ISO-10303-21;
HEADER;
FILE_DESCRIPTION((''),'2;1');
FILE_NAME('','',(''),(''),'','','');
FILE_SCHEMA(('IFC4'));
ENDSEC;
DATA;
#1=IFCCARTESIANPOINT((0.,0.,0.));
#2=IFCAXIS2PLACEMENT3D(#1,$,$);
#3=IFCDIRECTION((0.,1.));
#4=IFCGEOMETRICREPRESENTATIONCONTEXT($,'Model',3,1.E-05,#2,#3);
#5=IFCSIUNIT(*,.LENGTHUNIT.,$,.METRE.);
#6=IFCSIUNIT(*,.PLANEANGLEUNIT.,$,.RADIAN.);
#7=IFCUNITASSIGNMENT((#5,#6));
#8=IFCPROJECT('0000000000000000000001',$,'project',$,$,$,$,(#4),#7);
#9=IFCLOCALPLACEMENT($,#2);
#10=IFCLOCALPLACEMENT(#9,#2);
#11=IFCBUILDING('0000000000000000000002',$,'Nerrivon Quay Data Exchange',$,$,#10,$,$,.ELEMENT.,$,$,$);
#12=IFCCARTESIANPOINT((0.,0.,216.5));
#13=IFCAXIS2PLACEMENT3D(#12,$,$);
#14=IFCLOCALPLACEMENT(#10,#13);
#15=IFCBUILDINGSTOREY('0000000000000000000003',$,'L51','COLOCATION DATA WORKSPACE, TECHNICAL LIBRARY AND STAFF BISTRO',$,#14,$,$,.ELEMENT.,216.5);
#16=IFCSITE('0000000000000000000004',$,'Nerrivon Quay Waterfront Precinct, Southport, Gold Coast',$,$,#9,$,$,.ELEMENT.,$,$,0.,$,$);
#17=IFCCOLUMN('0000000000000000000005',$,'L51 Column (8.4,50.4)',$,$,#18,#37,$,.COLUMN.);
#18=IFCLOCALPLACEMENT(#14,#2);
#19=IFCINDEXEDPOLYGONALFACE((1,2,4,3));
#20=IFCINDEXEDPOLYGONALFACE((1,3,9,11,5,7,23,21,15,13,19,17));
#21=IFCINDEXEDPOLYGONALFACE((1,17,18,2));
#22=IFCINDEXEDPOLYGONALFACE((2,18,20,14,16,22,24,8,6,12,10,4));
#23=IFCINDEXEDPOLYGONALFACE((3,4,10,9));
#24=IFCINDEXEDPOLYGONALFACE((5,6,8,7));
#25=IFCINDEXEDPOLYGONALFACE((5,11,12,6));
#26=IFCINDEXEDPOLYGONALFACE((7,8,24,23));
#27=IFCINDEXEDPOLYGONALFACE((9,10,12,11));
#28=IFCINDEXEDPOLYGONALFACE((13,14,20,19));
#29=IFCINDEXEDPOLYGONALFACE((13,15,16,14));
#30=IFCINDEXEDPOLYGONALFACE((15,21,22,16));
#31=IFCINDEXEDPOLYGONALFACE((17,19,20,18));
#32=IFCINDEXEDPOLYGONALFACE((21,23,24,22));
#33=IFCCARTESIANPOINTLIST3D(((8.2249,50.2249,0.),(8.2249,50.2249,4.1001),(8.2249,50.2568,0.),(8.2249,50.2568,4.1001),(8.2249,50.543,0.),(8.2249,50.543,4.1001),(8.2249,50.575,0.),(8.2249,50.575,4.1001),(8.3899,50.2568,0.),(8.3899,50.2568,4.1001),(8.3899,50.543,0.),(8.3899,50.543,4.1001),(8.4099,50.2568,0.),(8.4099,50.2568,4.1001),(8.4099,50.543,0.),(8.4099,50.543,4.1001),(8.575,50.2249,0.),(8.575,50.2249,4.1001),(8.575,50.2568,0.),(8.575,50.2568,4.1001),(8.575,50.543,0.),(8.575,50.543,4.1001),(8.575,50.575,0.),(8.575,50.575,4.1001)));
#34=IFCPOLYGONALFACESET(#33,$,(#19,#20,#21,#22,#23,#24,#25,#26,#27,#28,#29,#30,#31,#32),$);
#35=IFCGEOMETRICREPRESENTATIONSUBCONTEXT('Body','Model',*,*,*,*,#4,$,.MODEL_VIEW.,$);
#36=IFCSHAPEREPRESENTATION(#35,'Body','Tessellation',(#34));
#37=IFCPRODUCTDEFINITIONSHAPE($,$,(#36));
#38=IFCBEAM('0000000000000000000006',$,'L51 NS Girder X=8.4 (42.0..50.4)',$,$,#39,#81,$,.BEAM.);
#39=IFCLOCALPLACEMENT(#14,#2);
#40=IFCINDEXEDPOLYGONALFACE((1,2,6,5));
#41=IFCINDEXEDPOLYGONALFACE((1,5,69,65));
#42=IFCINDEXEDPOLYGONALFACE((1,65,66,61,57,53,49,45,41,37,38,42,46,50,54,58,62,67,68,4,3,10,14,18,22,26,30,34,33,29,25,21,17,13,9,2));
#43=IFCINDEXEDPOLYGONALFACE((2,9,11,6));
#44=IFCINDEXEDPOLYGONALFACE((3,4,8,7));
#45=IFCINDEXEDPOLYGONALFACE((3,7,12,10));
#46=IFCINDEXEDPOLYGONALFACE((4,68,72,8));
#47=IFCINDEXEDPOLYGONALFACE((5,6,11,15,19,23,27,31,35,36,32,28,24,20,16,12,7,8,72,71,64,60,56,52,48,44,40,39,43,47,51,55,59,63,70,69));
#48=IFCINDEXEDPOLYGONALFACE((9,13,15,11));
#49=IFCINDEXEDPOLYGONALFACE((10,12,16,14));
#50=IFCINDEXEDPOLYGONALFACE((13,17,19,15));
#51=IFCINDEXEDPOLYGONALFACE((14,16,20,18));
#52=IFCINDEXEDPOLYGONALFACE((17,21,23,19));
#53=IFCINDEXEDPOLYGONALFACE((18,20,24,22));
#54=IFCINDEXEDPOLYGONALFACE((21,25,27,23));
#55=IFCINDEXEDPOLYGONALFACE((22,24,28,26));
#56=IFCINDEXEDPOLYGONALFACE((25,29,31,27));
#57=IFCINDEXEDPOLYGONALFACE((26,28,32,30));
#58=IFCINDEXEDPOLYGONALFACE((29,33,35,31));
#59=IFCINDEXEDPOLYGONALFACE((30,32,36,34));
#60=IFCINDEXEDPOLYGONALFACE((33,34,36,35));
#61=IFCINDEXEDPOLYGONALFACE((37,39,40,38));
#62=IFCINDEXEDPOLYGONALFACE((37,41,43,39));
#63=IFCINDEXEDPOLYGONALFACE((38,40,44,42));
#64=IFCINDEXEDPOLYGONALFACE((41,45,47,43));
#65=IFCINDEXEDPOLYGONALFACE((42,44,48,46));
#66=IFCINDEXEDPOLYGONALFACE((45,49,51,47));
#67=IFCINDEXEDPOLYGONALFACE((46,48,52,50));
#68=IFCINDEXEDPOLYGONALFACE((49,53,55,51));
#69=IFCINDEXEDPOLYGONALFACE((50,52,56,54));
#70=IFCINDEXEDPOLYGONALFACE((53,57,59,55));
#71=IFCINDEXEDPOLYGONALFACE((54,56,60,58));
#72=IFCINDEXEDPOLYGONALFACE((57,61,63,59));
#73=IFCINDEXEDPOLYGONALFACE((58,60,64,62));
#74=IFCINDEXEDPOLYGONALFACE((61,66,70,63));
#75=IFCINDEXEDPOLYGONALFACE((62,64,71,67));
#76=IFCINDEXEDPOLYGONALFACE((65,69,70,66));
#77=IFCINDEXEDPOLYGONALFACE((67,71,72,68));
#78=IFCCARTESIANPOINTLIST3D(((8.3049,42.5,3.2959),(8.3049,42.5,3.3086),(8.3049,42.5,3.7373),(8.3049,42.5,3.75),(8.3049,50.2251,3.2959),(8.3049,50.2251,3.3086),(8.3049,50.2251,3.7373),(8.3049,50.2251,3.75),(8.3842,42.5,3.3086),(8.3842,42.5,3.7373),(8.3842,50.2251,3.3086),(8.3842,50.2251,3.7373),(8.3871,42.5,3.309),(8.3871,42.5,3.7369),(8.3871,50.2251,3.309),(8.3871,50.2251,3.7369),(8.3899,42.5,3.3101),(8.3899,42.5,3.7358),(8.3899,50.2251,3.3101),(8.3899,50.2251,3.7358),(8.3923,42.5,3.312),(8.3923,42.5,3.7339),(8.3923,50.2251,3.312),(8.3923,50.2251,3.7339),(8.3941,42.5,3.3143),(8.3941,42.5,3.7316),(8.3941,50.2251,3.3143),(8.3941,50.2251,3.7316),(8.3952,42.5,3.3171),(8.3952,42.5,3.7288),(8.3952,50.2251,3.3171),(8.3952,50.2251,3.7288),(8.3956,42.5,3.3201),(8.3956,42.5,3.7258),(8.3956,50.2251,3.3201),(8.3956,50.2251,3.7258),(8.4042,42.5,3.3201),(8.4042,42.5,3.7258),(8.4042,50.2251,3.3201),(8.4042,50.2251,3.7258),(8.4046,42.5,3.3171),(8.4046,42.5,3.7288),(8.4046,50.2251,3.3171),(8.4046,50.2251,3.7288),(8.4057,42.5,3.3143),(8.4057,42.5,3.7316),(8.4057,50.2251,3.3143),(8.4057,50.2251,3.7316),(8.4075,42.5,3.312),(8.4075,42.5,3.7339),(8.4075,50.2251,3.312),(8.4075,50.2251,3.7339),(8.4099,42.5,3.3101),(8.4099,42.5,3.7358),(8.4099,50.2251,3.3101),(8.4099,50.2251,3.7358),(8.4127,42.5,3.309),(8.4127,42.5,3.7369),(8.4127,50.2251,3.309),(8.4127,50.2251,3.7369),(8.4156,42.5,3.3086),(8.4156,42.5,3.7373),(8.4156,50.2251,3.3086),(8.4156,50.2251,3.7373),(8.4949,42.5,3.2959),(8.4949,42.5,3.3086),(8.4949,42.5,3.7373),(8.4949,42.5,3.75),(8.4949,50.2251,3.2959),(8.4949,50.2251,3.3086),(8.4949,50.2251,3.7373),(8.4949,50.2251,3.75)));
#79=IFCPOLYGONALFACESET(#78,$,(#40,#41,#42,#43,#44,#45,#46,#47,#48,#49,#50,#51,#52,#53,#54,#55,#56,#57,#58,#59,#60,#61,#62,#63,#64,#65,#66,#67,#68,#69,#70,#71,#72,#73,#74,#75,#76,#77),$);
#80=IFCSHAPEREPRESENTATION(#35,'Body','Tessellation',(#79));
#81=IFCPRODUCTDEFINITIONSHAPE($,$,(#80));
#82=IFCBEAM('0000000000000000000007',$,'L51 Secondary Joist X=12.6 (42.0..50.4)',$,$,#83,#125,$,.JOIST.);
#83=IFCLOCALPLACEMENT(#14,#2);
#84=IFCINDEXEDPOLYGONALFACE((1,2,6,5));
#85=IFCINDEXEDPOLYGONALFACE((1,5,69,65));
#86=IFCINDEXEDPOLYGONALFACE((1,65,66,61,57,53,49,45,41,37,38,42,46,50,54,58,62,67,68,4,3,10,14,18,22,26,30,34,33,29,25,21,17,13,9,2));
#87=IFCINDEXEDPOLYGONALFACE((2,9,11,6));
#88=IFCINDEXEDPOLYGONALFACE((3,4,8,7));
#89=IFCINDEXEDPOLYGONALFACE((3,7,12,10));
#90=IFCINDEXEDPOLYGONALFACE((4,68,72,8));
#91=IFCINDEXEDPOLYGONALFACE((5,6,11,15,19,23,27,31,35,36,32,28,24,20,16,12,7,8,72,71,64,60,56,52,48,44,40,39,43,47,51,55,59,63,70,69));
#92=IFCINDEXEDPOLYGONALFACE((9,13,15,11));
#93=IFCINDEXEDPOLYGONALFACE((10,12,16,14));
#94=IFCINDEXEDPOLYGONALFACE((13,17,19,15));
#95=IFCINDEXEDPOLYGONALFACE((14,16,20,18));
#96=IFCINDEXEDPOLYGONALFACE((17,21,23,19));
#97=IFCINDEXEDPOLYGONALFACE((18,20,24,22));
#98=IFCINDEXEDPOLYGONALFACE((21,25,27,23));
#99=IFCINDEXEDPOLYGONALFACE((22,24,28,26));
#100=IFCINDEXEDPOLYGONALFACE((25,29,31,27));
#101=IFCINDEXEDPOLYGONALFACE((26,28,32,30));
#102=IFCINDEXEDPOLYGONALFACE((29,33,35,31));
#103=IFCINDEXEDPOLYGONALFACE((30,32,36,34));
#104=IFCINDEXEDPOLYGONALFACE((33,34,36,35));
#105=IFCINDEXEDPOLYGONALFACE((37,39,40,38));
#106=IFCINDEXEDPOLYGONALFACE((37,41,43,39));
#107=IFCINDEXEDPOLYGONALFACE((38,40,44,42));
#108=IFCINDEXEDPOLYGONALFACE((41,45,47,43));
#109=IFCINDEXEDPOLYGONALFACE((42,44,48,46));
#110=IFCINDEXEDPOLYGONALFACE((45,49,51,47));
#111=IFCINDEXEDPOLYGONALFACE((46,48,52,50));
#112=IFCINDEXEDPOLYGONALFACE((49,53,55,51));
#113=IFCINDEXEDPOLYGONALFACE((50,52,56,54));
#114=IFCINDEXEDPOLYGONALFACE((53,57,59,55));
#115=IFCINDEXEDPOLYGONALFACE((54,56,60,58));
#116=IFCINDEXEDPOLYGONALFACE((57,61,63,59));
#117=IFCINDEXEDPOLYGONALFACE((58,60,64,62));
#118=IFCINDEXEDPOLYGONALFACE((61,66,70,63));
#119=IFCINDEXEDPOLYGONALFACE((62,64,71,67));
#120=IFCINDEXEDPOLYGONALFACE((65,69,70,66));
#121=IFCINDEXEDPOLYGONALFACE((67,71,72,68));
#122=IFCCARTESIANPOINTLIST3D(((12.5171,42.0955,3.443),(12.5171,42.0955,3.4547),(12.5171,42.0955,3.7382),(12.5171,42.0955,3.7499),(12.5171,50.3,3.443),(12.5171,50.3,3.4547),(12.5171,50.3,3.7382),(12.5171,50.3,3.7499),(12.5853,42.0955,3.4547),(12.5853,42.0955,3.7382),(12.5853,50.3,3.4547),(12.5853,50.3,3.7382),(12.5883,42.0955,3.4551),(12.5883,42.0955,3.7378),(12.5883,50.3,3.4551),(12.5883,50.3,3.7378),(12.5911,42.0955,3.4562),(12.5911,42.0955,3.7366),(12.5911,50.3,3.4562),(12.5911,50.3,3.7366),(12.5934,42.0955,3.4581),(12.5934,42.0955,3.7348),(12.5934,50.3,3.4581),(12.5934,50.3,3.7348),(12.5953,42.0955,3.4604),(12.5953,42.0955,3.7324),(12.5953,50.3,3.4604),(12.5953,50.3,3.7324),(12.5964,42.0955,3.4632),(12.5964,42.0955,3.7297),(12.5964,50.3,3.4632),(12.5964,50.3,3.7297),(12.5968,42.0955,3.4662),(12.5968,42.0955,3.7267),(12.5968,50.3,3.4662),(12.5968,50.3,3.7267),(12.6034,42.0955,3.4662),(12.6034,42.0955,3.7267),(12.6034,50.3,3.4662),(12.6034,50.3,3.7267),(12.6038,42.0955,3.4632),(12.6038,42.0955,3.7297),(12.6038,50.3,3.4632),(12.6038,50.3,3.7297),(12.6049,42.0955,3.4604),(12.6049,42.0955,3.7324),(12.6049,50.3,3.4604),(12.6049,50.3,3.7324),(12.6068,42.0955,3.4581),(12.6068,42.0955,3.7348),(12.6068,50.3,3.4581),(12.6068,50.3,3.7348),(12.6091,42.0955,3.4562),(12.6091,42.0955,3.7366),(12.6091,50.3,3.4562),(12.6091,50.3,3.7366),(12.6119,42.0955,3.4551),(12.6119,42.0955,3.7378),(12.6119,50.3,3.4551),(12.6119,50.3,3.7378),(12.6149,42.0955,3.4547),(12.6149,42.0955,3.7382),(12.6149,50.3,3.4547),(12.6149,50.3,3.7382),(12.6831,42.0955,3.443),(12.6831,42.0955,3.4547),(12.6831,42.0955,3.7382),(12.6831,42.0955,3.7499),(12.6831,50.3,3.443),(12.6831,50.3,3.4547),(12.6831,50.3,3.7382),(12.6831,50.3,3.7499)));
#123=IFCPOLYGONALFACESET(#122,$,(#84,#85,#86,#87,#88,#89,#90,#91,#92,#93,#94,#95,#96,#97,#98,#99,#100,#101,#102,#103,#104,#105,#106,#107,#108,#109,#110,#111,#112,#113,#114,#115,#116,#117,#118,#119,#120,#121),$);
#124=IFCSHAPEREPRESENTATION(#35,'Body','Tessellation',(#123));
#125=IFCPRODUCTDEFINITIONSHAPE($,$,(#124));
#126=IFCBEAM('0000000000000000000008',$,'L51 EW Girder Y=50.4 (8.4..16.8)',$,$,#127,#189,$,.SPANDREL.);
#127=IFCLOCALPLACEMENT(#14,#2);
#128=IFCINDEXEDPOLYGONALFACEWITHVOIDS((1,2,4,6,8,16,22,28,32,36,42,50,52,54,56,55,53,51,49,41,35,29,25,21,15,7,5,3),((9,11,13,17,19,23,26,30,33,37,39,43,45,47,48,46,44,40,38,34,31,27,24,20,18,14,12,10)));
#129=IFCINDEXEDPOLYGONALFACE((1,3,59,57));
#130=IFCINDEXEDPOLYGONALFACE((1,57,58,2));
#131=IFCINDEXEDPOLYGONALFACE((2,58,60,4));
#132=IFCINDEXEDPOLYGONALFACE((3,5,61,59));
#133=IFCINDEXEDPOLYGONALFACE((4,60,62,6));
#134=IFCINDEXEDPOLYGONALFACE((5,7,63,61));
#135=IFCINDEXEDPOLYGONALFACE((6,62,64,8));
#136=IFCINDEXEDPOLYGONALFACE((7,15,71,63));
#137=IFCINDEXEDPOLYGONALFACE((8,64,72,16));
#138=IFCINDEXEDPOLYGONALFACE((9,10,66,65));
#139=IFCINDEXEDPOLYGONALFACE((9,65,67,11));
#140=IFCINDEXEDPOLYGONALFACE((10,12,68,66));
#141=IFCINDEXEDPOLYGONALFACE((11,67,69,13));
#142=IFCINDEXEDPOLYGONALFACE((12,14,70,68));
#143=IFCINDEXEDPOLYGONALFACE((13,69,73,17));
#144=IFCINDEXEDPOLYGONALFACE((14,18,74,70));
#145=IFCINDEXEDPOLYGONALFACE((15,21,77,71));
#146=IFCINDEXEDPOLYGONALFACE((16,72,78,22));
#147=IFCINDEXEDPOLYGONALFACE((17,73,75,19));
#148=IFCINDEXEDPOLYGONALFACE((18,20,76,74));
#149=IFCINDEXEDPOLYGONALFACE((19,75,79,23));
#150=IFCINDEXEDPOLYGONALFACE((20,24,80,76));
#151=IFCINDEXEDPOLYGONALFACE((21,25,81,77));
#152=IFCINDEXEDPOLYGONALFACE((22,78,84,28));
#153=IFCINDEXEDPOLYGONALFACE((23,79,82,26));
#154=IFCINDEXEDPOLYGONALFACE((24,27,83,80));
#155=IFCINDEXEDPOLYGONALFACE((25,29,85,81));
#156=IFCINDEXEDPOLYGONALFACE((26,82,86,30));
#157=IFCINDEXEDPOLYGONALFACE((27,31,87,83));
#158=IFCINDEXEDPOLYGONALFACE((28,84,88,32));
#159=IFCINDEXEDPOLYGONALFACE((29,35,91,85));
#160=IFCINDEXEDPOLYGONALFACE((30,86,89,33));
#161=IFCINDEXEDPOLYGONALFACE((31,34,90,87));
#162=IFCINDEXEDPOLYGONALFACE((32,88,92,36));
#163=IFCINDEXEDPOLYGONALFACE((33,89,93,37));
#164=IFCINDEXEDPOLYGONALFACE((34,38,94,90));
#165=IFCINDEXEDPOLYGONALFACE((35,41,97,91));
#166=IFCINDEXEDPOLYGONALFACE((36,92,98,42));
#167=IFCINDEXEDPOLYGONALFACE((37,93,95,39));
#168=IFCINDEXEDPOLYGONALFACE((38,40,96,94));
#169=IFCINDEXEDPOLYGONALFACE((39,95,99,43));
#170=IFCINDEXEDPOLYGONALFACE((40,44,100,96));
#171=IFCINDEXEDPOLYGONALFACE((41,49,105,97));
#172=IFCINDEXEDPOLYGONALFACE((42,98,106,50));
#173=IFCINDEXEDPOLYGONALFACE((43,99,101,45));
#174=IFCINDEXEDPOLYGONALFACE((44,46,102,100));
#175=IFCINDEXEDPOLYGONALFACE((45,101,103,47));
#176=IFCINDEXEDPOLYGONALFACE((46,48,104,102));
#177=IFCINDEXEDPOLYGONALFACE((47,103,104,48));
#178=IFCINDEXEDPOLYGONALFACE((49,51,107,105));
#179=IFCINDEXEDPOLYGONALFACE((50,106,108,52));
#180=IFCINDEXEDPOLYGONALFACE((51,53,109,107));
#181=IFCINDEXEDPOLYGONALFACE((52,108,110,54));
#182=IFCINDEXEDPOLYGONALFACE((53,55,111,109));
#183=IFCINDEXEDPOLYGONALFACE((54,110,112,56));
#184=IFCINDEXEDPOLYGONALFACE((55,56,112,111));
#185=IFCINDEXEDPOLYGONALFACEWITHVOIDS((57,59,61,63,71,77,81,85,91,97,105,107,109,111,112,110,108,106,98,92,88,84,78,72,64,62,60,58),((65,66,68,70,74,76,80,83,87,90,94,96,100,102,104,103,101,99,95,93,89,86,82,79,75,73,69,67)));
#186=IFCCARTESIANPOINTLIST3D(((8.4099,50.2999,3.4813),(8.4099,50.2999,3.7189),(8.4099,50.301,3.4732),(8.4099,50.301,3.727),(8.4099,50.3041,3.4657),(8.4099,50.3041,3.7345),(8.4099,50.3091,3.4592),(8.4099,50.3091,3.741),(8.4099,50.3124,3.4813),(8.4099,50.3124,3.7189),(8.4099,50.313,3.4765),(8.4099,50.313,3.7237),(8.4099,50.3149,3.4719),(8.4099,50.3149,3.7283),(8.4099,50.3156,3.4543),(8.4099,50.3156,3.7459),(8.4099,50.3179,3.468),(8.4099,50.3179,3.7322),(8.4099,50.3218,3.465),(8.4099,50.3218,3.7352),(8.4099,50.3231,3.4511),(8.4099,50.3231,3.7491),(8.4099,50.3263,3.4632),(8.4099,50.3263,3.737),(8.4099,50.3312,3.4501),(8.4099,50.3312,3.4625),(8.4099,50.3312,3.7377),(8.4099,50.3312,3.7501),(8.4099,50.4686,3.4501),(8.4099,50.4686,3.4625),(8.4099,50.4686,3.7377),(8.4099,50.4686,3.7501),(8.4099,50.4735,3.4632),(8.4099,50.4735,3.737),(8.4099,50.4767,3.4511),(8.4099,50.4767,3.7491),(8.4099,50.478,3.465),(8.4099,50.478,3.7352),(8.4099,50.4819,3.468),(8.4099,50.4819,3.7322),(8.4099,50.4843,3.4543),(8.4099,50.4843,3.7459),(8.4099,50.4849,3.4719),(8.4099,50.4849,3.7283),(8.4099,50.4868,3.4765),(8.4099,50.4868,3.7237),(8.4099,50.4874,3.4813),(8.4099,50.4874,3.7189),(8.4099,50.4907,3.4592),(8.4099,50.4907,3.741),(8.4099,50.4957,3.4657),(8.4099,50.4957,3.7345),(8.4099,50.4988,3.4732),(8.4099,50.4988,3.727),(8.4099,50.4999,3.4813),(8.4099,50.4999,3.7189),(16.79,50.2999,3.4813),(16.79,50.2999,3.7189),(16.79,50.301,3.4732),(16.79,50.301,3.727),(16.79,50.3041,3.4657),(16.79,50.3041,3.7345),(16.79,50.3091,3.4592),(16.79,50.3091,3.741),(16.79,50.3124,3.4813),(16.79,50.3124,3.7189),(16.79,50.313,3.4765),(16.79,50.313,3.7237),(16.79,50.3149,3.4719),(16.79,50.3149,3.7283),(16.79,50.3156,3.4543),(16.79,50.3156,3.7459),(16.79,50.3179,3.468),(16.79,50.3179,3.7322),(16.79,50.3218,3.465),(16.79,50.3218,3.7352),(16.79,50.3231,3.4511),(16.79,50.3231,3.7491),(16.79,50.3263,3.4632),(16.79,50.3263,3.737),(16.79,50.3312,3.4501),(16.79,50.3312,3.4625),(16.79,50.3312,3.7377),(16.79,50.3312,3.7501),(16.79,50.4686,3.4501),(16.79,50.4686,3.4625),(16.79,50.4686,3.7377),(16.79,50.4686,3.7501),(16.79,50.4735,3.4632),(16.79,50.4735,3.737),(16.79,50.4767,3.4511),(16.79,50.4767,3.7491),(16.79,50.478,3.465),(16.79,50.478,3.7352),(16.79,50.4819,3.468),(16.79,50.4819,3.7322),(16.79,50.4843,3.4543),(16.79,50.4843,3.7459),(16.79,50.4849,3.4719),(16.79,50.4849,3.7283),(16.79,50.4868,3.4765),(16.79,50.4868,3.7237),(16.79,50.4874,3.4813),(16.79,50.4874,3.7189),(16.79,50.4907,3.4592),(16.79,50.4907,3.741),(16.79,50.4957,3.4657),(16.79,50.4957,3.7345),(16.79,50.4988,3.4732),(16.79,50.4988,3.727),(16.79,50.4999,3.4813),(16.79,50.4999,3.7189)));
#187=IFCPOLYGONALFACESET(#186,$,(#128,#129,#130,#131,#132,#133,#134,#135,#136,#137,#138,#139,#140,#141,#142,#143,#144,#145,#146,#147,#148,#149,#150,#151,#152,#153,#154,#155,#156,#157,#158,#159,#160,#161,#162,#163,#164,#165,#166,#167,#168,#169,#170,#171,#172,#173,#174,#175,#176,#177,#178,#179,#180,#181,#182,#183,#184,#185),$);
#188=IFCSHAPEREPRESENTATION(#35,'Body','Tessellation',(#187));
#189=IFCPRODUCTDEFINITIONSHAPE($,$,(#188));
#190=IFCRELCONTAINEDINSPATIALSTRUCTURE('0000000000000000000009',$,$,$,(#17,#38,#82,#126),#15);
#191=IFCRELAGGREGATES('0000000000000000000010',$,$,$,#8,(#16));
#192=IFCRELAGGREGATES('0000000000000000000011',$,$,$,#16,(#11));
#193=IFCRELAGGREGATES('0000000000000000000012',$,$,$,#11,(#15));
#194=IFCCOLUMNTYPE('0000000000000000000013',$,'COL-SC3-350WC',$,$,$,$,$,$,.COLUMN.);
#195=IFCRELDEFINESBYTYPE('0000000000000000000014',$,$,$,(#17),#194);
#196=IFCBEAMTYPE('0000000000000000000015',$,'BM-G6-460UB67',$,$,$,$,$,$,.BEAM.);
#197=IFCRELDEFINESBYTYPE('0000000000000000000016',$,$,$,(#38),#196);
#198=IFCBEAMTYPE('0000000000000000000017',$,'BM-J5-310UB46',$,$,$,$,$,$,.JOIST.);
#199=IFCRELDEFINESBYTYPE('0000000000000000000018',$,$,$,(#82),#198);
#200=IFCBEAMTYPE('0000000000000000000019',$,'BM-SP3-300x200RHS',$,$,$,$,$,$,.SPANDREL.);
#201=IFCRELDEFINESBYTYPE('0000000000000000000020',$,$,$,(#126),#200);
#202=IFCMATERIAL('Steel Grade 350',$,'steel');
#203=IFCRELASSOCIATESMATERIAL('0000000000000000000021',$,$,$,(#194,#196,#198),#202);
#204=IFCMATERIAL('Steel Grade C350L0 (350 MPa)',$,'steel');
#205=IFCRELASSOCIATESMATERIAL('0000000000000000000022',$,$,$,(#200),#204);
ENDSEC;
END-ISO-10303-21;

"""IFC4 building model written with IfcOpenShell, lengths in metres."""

from ifc_helpers import new_model, si_unit, direction, frame, origin, origin_2d, place, context, subcontext, project, spatial, hollow_rectangle, i_section, extrude, material, material_profile, profile_set, type_object, element, save


model = new_model("IFC4")

# Units and contexts
model_context = context("Model", 3, precision=1e-05, world=origin(), true_north=direction((0.0, 1.0)))
body_context = subcontext(model_context, "Body", "Model", "MODEL_VIEW")
ifc_project = project(units=[si_unit("LENGTHUNIT", "METRE"), si_unit("PLANEANGLEUNIT", "RADIAN")], contexts=[model_context])

# Site, building, storey
site_placement = place(None, origin())
site = spatial("IfcSite", under=ifc_project, at=site_placement, Name="Nerrivon Quay Waterfront Precinct, Southport, Gold Coast", CompositionType="ELEMENT", RefElevation=0.0)
building_placement = place(site_placement, origin())
building = spatial("IfcBuilding", under=site, at=building_placement, Name="Nerrivon Quay Data Exchange", CompositionType="ELEMENT")
storey_placement = place(building_placement, frame((0.0, 0.0, 216.5)))
storey = spatial("IfcBuildingStorey", under=building, at=storey_placement, Name="L51", Description="COLOCATION DATA WORKSPACE, TECHNICAL LIBRARY AND STAFF BISTRO", CompositionType="ELEMENT", Elevation=216.5)

# Column
ifc_material_1 = material(Name="Steel Grade 350", Category="steel")
ifc_material_profile_1 = material_profile(ifc_material_1, i_section(OverallWidth=0.3501, OverallDepth=0.3501, WebThickness=0.02, FlangeThickness=0.032, at=origin_2d()), Name="350WC230")
ifc_profile_set_1 = profile_set([ifc_material_profile_1], Name="Steel Grade 350")
column_type = type_object("IfcColumnType", Name="COL-SC3-350WC", PredefinedType="COLUMN", material=ifc_profile_set_1)
column_placement = place(storey_placement, frame((8.3999, 50.3999, 0.0), z_axis=(0.0, 0.0, 1.0), x_axis=(1.0, 0.0, 0.0)))
element("IfcColumn", 1, at=column_placement, inside=storey, type_object=column_type, Name="L51 Column (8.4,50.4)", PredefinedType="COLUMN", context=body_context, shape_type="SweptSolid", body=[
    extrude(i_section(OverallWidth=0.3501, OverallDepth=0.3501, WebThickness=0.02, FlangeThickness=0.032, at=origin_2d()), origin(), (0.0, 0.0, 1.0), 4.1001),
])

# Beams
ifc_material_profile_2 = material_profile(ifc_material_1, i_section(OverallWidth=0.1899, OverallDepth=0.4541, WebThickness=0.0085, FlangeThickness=0.0127, FilletRadius=0.0115, at=origin_2d()), Name="460UB67.1")
ifc_profile_set_2 = profile_set([ifc_material_profile_2], Name="Steel Grade 350")
beam_type_1 = type_object("IfcBeamType", Name="BM-G6-460UB67", PredefinedType="BEAM", material=ifc_profile_set_2)
beam_1_placement = place(storey_placement, frame((8.3999, 42.5, 3.5229), z_axis=(0.0, 1.0, 0.0), x_axis=(-1.0, 0.0, 0.0)))
element("IfcBeam", 2, at=beam_1_placement, inside=storey, type_object=beam_type_1, Name="L51 NS Girder X=8.4 (42.0..50.4)", PredefinedType="BEAM", context=body_context, shape_type="SweptSolid", body=[
    extrude(i_section(OverallWidth=0.1899, OverallDepth=0.4541, WebThickness=0.0085, FlangeThickness=0.0127, FilletRadius=0.0115, at=origin_2d()), origin(), (0.0, 0.0, 1.0), 7.7251),
])
ifc_material_profile_3 = material_profile(ifc_material_1, i_section(OverallWidth=0.166, OverallDepth=0.3069, WebThickness=0.0066, FlangeThickness=0.0117, FilletRadius=0.0115, at=origin_2d()), Name="310UB46.2")
ifc_profile_set_3 = profile_set([ifc_material_profile_3], Name="Steel Grade 350")
beam_type_2 = type_object("IfcBeamType", Name="BM-J5-310UB46", PredefinedType="JOIST", material=ifc_profile_set_3)
beam_2_placement = place(storey_placement, frame((12.6001, 42.0955, 3.5964), z_axis=(0.0, 1.0, 0.0), x_axis=(-1.0, 0.0, 0.0)))
element("IfcBeam", 3, at=beam_2_placement, inside=storey, type_object=beam_type_2, Name="L51 Secondary Joist X=12.6 (42.0..50.4)", PredefinedType="JOIST", context=body_context, shape_type="SweptSolid", body=[
    extrude(i_section(OverallWidth=0.166, OverallDepth=0.3069, WebThickness=0.0066, FlangeThickness=0.0117, FilletRadius=0.0115, at=origin_2d()), origin(), (0.0, 0.0, 1.0), 8.2046),
])
ifc_material_2 = material(Name="Steel Grade C350L0 (350 MPa)", Category="steel")
ifc_material_profile_4 = material_profile(ifc_material_2, hollow_rectangle(XDim=0.2, YDim=0.3, WallThickness=0.0125, InnerFilletRadius=0.0188, OuterFilletRadius=0.0312, at=origin_2d()), Name="300x200x12.5RHS")
ifc_profile_set_4 = profile_set([ifc_material_profile_4], Name="Steel Grade C350L0 (350 MPa)")
beam_type_3 = type_object("IfcBeamType", Name="BM-SP3-300x200RHS", PredefinedType="SPANDREL", material=ifc_profile_set_4)
beam_3_placement = place(storey_placement, frame((8.4099, 50.3999, 3.6001), z_axis=(1.0, 0.0, 0.0), x_axis=(0.0, 1.0, 0.0)))
element("IfcBeam", 4, at=beam_3_placement, inside=storey, type_object=beam_type_3, Name="L51 EW Girder Y=50.4 (8.4..16.8)", PredefinedType="SPANDREL", context=body_context, shape_type="SweptSolid", body=[
    extrude(hollow_rectangle(XDim=0.2, YDim=0.3, WallThickness=0.0125, InnerFilletRadius=0.0188, OuterFilletRadius=0.0312, at=origin_2d()), origin(), (0.0, 0.0, 1.0), 8.3801),
])

save(model, "model.ifc")
